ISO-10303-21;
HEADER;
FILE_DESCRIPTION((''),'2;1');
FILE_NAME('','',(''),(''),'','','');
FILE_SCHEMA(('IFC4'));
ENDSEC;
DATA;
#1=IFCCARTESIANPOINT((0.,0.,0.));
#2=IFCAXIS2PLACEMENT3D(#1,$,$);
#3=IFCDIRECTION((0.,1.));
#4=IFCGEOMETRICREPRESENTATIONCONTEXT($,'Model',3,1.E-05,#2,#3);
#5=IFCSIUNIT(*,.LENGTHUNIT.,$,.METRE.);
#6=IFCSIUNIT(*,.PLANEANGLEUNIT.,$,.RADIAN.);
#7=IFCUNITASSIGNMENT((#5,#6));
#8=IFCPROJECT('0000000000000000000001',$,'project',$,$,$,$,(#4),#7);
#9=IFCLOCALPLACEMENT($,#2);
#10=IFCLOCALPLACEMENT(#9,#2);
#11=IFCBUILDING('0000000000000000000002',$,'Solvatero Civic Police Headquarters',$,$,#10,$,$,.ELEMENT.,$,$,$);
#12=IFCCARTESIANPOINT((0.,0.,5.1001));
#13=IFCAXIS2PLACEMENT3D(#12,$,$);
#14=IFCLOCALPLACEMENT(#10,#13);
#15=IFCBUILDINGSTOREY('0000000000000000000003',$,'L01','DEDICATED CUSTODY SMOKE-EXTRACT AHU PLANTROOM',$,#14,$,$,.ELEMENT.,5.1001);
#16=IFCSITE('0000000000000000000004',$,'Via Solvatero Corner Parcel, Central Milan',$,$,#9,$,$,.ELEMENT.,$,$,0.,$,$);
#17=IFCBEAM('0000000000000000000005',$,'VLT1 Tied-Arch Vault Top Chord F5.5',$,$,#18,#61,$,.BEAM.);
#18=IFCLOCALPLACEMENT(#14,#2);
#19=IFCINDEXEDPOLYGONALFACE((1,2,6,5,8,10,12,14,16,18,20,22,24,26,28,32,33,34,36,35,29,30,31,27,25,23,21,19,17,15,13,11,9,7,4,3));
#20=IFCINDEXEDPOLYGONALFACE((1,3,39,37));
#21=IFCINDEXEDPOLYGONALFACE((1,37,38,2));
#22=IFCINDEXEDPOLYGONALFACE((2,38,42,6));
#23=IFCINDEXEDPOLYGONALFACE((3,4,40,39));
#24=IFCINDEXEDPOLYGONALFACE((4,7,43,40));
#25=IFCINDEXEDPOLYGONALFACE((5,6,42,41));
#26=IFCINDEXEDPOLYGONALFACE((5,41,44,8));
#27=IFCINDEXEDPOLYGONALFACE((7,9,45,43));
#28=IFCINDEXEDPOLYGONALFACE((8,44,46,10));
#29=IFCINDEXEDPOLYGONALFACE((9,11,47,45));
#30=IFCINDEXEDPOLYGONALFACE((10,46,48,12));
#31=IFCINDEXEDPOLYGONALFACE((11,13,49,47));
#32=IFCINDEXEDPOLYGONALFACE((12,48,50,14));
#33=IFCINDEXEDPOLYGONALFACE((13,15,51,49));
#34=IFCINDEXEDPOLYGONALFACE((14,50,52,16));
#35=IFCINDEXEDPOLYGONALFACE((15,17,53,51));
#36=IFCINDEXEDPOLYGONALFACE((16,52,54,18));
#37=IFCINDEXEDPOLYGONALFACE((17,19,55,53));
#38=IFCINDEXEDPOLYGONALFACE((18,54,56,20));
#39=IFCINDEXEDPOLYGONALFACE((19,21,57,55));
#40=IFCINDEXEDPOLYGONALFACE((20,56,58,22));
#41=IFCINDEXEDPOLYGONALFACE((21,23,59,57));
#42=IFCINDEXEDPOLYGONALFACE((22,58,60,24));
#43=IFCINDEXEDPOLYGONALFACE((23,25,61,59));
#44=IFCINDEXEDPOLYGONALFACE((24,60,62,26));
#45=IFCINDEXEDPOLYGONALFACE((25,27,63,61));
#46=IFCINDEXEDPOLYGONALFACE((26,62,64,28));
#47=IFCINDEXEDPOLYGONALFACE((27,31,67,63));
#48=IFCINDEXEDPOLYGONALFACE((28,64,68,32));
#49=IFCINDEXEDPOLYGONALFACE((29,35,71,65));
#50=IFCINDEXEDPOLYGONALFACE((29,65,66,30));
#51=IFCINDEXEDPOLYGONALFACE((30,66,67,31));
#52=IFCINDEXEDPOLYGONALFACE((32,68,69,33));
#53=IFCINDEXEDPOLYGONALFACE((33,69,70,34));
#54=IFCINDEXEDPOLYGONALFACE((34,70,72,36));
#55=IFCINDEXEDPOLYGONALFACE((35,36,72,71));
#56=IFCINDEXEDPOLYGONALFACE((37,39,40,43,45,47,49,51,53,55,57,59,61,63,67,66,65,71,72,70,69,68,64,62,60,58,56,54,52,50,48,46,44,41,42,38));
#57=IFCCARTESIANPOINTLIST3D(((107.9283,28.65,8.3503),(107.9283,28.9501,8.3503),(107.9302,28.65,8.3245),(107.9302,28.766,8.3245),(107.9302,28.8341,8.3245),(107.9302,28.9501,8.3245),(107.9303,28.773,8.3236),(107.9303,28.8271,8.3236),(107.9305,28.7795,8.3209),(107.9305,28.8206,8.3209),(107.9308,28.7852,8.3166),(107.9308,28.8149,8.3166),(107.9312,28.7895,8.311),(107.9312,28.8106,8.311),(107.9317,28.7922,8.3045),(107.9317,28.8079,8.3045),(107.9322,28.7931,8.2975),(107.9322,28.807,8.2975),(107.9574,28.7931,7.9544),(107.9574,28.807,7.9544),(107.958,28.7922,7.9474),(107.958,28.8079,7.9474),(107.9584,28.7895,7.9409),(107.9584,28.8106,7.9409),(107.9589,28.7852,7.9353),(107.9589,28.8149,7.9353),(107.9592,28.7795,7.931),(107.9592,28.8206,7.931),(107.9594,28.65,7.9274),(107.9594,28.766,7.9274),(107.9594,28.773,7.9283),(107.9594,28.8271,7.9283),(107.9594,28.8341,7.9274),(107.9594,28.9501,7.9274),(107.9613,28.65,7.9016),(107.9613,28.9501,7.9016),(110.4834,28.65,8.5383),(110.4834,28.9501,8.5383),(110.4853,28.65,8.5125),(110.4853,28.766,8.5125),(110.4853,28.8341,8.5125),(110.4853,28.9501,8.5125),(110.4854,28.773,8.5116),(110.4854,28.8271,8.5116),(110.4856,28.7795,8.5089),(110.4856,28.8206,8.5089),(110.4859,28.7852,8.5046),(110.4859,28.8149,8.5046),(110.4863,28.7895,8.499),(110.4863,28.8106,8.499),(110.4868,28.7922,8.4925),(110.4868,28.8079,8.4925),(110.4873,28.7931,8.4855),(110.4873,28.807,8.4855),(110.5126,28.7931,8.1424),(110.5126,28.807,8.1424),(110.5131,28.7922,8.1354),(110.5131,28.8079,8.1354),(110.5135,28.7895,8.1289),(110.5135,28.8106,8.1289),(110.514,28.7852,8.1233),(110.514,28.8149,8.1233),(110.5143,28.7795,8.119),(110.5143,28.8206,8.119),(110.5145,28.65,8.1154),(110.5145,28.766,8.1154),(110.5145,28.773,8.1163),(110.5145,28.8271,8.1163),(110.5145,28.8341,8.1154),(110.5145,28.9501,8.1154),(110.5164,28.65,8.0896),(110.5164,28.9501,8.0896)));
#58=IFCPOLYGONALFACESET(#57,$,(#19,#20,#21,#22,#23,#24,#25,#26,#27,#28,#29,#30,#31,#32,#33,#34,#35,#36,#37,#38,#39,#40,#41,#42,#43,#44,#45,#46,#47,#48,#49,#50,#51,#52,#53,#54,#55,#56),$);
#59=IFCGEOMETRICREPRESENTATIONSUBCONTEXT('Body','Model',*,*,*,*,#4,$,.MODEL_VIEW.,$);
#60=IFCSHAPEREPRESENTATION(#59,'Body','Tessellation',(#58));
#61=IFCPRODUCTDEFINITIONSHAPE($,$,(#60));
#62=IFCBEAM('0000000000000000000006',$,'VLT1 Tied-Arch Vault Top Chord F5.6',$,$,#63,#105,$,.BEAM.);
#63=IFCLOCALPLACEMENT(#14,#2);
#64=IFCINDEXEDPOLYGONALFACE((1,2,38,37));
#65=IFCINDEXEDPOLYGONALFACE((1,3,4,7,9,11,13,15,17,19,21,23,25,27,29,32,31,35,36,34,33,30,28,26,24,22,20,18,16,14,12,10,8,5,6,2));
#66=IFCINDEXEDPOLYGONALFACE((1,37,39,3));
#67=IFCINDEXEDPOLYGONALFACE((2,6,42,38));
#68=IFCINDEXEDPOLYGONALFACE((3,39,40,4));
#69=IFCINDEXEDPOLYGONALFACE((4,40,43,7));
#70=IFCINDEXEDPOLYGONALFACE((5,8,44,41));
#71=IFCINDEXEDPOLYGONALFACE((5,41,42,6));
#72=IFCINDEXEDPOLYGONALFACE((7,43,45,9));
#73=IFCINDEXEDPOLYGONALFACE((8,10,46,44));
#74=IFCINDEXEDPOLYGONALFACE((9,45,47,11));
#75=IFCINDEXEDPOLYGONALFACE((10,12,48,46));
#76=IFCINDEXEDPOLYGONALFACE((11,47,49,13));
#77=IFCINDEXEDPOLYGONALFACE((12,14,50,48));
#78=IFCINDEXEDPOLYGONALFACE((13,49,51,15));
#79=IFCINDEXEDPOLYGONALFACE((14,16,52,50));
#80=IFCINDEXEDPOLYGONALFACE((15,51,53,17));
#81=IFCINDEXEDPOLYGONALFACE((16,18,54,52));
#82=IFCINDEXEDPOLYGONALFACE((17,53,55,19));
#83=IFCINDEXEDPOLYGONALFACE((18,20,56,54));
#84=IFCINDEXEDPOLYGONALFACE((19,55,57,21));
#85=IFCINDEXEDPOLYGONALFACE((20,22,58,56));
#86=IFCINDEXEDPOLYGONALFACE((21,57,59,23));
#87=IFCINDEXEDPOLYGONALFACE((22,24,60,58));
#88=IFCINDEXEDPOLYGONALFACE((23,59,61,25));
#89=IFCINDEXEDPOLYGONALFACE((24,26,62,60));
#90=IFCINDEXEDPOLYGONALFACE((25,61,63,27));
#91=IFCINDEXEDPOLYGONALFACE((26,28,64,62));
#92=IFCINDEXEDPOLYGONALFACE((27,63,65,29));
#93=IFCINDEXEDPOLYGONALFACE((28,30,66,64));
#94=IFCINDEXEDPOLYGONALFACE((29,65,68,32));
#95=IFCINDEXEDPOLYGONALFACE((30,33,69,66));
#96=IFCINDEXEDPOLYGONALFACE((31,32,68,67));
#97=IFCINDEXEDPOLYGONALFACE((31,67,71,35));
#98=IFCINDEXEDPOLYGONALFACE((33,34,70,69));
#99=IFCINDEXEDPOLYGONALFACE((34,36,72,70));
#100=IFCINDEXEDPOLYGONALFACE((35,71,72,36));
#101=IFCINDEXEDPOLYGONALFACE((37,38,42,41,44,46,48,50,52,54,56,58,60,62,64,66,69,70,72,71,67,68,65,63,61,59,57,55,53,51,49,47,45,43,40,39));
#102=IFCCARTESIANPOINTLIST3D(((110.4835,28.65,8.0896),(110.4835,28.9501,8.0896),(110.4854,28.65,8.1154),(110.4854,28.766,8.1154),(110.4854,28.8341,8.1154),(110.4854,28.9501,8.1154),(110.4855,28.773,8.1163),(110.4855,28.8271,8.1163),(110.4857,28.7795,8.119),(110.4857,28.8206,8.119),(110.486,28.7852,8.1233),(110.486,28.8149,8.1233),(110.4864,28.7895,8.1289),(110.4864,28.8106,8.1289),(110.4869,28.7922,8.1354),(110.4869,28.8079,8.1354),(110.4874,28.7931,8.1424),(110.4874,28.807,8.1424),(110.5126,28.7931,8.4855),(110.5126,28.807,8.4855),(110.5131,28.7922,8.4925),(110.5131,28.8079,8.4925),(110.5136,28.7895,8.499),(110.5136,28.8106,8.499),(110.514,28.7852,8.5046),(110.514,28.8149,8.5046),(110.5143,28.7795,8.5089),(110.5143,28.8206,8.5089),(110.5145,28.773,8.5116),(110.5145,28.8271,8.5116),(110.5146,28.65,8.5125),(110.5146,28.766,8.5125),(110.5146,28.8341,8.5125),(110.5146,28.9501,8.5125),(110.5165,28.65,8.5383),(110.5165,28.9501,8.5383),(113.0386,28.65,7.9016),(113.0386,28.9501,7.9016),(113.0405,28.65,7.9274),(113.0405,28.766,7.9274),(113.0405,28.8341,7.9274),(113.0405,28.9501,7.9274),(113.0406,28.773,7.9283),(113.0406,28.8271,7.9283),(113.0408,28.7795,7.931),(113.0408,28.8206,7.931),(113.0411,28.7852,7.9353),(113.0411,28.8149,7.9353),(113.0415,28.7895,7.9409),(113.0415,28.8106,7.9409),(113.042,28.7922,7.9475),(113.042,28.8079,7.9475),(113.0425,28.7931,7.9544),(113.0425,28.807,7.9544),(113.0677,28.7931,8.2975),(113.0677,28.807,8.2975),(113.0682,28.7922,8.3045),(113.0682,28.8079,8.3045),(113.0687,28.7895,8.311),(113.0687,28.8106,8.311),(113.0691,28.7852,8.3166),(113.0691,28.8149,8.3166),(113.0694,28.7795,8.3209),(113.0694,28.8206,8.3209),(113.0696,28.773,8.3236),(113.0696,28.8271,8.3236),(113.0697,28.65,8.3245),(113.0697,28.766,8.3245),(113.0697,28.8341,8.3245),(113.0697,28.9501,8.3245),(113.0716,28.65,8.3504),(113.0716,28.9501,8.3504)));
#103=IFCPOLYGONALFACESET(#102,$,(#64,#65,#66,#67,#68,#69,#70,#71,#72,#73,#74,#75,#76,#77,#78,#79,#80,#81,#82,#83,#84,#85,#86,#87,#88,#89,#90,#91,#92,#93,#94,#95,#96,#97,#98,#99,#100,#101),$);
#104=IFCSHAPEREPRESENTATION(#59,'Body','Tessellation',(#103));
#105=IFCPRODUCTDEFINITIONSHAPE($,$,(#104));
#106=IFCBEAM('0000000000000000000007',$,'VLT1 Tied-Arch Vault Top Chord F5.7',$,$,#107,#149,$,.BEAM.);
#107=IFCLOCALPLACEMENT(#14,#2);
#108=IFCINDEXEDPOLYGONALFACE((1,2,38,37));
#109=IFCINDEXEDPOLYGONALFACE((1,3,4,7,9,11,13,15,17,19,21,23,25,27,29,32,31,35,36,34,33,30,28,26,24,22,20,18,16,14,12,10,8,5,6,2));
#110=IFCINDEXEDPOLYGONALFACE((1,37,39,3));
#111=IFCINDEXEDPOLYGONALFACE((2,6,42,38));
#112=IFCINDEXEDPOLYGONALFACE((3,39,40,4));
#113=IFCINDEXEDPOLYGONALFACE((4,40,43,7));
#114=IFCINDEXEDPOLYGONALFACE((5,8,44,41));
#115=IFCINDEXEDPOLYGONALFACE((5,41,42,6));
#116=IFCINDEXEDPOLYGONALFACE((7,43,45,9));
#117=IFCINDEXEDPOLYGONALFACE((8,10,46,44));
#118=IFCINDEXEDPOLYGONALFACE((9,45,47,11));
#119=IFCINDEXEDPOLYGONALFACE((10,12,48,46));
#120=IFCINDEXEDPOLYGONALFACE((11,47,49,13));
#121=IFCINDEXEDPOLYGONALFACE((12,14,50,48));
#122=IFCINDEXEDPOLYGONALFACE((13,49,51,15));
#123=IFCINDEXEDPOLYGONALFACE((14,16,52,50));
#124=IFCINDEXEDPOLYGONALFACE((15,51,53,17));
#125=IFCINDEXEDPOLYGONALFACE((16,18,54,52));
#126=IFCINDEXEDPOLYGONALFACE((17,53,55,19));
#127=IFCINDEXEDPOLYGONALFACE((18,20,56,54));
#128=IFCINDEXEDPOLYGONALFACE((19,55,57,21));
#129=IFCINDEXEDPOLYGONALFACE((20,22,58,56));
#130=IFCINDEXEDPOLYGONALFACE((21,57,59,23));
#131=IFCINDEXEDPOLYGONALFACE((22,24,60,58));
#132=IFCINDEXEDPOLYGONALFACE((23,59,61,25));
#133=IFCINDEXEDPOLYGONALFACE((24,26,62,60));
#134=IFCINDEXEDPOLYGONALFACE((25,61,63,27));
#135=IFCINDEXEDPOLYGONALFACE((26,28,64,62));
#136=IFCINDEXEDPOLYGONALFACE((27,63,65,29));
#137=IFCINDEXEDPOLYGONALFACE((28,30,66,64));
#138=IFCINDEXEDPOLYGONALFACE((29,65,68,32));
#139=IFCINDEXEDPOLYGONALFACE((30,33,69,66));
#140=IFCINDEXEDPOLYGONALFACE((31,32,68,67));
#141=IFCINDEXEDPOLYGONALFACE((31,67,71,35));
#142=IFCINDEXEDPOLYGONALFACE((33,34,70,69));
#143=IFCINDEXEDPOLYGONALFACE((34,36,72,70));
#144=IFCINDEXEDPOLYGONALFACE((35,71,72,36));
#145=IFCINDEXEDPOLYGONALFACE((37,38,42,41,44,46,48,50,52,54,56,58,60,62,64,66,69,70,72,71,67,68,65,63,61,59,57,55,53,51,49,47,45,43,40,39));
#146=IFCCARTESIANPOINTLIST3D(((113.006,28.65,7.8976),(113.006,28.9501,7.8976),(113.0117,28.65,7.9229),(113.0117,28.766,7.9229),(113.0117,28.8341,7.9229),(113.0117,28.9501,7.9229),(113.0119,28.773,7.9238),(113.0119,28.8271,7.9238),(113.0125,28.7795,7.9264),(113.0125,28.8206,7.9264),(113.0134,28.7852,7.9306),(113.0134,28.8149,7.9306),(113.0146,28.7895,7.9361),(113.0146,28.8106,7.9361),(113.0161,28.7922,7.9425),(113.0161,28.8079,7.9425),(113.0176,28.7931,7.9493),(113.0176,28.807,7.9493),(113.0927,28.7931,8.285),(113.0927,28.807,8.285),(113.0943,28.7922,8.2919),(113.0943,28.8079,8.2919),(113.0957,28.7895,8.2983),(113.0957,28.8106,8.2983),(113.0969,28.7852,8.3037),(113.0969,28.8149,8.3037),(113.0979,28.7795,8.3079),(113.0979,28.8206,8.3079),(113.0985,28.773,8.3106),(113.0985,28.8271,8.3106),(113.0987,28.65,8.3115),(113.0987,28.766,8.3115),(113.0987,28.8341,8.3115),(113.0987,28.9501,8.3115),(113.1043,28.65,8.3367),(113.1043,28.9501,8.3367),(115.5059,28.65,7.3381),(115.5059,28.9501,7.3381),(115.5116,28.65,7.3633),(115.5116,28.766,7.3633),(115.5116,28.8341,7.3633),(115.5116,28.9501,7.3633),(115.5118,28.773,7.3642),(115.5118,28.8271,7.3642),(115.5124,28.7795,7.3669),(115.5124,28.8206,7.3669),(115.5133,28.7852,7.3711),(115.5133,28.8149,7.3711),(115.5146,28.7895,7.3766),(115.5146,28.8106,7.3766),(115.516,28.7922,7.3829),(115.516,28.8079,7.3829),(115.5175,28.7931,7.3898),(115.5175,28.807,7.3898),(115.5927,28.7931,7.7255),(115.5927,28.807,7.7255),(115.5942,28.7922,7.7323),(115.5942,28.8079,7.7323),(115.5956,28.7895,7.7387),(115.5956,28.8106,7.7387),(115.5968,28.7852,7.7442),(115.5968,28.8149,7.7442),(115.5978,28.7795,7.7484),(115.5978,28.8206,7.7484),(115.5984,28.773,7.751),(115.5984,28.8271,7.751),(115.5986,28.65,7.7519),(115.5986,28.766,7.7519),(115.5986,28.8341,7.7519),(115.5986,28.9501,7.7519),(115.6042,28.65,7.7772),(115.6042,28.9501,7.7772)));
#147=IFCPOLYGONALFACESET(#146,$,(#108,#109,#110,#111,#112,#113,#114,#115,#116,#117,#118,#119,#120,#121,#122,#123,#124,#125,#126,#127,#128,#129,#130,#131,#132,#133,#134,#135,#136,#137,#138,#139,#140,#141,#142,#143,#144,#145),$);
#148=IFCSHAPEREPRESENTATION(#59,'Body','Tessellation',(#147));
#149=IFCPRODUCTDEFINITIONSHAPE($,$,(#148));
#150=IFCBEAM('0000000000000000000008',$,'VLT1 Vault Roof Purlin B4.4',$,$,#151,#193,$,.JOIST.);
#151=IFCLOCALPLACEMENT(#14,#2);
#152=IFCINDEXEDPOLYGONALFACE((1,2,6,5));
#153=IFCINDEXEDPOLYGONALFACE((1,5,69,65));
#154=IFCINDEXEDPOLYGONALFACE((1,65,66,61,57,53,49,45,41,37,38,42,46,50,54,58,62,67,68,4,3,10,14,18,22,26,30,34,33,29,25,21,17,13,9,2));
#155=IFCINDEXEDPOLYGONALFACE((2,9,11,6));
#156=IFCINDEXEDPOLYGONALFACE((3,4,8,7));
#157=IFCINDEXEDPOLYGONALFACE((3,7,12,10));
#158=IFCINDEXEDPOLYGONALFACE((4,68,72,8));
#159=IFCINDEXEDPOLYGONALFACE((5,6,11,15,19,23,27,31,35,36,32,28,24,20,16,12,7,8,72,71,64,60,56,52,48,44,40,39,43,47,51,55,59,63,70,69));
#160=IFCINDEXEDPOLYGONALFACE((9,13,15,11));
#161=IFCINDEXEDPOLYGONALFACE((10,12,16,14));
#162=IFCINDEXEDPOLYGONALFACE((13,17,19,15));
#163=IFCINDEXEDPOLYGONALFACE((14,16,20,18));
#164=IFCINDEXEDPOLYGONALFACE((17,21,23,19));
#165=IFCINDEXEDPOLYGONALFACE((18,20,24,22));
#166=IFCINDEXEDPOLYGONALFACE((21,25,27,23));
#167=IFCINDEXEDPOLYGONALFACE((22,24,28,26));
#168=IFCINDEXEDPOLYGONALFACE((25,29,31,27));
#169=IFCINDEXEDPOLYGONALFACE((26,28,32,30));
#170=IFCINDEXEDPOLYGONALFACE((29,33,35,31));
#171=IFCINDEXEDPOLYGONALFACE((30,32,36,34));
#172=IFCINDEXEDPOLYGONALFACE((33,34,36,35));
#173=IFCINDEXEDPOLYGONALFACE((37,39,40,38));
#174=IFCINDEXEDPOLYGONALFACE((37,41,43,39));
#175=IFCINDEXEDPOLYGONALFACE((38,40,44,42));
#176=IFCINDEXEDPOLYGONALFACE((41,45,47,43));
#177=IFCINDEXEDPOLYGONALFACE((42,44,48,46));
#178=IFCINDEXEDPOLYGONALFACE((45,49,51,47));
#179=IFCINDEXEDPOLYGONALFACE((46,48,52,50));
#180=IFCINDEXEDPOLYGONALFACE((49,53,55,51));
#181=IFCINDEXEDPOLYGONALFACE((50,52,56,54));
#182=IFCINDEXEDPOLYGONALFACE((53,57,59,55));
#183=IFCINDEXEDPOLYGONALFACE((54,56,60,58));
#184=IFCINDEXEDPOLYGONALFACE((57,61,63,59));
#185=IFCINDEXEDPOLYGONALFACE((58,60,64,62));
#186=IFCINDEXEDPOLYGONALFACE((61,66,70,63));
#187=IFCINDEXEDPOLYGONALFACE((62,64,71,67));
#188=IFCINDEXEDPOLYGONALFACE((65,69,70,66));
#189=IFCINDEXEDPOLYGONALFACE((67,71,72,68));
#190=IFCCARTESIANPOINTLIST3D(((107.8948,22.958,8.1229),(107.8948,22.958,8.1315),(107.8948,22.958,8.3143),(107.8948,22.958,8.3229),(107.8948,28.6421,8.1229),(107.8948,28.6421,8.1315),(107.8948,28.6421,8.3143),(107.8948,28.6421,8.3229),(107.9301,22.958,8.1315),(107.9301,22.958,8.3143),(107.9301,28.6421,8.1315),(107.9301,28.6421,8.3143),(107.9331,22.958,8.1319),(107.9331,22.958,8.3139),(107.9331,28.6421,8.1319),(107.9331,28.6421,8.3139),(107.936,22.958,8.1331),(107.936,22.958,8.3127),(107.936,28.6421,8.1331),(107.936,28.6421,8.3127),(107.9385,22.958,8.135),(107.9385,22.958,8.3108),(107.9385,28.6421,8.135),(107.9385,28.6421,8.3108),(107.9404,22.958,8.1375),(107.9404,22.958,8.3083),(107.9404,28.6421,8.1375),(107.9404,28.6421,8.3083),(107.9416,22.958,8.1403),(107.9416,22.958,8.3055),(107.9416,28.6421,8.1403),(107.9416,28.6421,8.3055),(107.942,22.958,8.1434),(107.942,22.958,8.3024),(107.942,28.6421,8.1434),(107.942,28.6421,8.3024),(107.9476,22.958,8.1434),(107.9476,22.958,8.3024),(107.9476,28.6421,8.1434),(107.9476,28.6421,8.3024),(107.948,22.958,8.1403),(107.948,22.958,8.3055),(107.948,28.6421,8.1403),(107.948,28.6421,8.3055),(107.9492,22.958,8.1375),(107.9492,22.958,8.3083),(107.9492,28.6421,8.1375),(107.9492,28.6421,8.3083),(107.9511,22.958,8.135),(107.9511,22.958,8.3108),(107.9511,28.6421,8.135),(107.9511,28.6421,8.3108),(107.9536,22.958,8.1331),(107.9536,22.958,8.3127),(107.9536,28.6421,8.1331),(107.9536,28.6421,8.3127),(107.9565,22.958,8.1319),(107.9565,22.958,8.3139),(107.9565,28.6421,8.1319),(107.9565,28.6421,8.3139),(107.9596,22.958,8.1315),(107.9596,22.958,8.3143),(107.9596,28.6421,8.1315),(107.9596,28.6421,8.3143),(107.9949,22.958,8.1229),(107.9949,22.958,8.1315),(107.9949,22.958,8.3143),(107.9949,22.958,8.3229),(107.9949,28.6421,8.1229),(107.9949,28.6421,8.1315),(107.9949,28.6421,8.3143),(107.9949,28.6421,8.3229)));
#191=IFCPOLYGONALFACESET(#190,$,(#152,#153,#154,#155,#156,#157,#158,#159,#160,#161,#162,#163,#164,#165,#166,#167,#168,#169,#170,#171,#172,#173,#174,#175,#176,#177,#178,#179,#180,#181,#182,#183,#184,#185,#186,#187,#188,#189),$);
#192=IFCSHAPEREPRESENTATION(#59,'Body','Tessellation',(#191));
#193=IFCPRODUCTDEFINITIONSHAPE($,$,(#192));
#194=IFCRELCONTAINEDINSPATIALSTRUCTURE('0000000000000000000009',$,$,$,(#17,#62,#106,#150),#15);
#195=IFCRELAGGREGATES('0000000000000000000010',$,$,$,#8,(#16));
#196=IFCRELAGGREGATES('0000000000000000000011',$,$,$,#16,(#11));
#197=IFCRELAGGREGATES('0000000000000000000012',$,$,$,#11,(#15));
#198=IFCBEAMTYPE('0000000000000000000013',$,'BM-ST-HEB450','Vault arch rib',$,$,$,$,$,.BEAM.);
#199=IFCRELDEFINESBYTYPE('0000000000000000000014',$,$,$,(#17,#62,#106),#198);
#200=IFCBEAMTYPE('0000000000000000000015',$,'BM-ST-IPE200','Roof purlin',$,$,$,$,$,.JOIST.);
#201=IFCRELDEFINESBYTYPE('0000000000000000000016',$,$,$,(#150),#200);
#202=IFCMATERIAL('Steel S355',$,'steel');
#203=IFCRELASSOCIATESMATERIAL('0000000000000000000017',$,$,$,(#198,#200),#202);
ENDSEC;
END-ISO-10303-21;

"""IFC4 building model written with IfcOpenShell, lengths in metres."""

from ifc_helpers import new_model, si_unit, direction, frame, origin, origin_2d, place, context, subcontext, project, spatial, i_section, extrude, material, material_profile, profile_set, type_object, element, save


model = new_model("IFC4")

# Units and contexts
model_context = context("Model", 3, precision=1e-05, world=origin(), true_north=direction((0.0, 1.0)))
body_context = subcontext(model_context, "Body", "Model", "MODEL_VIEW")
ifc_project = project(units=[si_unit("LENGTHUNIT", "METRE"), si_unit("PLANEANGLEUNIT", "RADIAN")], contexts=[model_context])

# Site, building, storey
site_placement = place(None, origin())
site = spatial("IfcSite", under=ifc_project, at=site_placement, Name="Via Solvatero Corner Parcel, Central Milan", CompositionType="ELEMENT", RefElevation=0.0)
building_placement = place(site_placement, origin())
building = spatial("IfcBuilding", under=site, at=building_placement, Name="Solvatero Civic Police Headquarters", CompositionType="ELEMENT")
storey_placement = place(building_placement, frame((0.0, 0.0, 5.1001)))
storey = spatial("IfcBuildingStorey", under=building, at=storey_placement, Name="L01", Description="DEDICATED CUSTODY SMOKE-EXTRACT AHU PLANTROOM", CompositionType="ELEMENT", Elevation=5.1001)

# Beams
ifc_material = material(Name="Steel S355", Category="steel")
ifc_material_profile_1 = material_profile(ifc_material, i_section(OverallWidth=0.3, OverallDepth=0.45, WebThickness=0.0139, FlangeThickness=0.0259, FilletRadius=0.0271, at=origin_2d()), Name="HEB 450")
ifc_profile_set_1 = profile_set([ifc_material_profile_1], Name="Steel S355")
beam_type_1 = type_object("IfcBeamType", Name="BM-ST-HEB450", Description="Vault arch rib", PredefinedType="BEAM", material=ifc_profile_set_1)
for number, where, z_axis, x_axis, name in (
    (1, (107.9448, 28.8, 8.126), (0.997305, 0.0, 0.073373), (0.0, 1.0, 0.0), "VLT1 Tied-Arch Vault Top Chord F5.5"),
    (2, (110.5, 28.8, 8.314), (0.997305, 0.0, -0.073373), (0.0, 1.0, 0.0), "VLT1 Tied-Arch Vault Top Chord F5.6"),
):
    element("IfcBeam", number, at=place(storey_placement, frame(where, z_axis=z_axis, x_axis=x_axis)), inside=storey, type_object=beam_type_1, Name=name, PredefinedType="BEAM", context=body_context, shape_type="SweptSolid", body=[
        extrude(i_section(OverallWidth=0.3, OverallDepth=0.45, WebThickness=0.0139, FlangeThickness=0.0259, FilletRadius=0.0271, at=origin_2d()), origin(), (0.0, 0.0, 1.0), 2.562),
    ])
beam_placement = place(storey_placement, frame((113.0552, 28.8, 8.1172), z_axis=(0.975854, 0.0, -0.218424), x_axis=(0.0, 1.0, 0.0)))
element("IfcBeam", 3, at=beam_placement, inside=storey, type_object=beam_type_1, Name="VLT1 Tied-Arch Vault Top Chord F5.7", PredefinedType="BEAM", context=body_context, shape_type="SweptSolid", body=[
    extrude(i_section(OverallWidth=0.3, OverallDepth=0.45, WebThickness=0.0139, FlangeThickness=0.0259, FilletRadius=0.0271, at=origin_2d()), origin(), (0.0, 0.0, 1.0), 2.5618),
])
ifc_material_profile_2 = material_profile(ifc_material, i_section(OverallWidth=0.1001, OverallDepth=0.2, WebThickness=0.0056, FlangeThickness=0.0085, FilletRadius=0.012, at=origin_2d()), Name="IPE 200")
ifc_profile_set_2 = profile_set([ifc_material_profile_2], Name="Steel S355")
beam_type_2 = type_object("IfcBeamType", Name="BM-ST-IPE200", Description="Roof purlin", PredefinedType="JOIST", material=ifc_profile_set_2)
for number, where, z_axis, x_axis, name in (
    (4, (107.9448, 22.958, 8.2229), (0.0, 1.0, 0.0), (-1.0, 0.0, 0.0), "VLT1 Vault Roof Purlin B4.4"),
):
    element("IfcBeam", number, at=place(storey_placement, frame(where, z_axis=z_axis, x_axis=x_axis)), inside=storey, type_object=beam_type_2, Name=name, PredefinedType="JOIST", context=body_context, shape_type="SweptSolid", body=[
        extrude(i_section(OverallWidth=0.1001, OverallDepth=0.2, WebThickness=0.0056, FlangeThickness=0.0085, FilletRadius=0.012, at=origin_2d()), origin(), (0.0, 0.0, 1.0), 5.6841),
    ])

save(model, "model.ifc")
